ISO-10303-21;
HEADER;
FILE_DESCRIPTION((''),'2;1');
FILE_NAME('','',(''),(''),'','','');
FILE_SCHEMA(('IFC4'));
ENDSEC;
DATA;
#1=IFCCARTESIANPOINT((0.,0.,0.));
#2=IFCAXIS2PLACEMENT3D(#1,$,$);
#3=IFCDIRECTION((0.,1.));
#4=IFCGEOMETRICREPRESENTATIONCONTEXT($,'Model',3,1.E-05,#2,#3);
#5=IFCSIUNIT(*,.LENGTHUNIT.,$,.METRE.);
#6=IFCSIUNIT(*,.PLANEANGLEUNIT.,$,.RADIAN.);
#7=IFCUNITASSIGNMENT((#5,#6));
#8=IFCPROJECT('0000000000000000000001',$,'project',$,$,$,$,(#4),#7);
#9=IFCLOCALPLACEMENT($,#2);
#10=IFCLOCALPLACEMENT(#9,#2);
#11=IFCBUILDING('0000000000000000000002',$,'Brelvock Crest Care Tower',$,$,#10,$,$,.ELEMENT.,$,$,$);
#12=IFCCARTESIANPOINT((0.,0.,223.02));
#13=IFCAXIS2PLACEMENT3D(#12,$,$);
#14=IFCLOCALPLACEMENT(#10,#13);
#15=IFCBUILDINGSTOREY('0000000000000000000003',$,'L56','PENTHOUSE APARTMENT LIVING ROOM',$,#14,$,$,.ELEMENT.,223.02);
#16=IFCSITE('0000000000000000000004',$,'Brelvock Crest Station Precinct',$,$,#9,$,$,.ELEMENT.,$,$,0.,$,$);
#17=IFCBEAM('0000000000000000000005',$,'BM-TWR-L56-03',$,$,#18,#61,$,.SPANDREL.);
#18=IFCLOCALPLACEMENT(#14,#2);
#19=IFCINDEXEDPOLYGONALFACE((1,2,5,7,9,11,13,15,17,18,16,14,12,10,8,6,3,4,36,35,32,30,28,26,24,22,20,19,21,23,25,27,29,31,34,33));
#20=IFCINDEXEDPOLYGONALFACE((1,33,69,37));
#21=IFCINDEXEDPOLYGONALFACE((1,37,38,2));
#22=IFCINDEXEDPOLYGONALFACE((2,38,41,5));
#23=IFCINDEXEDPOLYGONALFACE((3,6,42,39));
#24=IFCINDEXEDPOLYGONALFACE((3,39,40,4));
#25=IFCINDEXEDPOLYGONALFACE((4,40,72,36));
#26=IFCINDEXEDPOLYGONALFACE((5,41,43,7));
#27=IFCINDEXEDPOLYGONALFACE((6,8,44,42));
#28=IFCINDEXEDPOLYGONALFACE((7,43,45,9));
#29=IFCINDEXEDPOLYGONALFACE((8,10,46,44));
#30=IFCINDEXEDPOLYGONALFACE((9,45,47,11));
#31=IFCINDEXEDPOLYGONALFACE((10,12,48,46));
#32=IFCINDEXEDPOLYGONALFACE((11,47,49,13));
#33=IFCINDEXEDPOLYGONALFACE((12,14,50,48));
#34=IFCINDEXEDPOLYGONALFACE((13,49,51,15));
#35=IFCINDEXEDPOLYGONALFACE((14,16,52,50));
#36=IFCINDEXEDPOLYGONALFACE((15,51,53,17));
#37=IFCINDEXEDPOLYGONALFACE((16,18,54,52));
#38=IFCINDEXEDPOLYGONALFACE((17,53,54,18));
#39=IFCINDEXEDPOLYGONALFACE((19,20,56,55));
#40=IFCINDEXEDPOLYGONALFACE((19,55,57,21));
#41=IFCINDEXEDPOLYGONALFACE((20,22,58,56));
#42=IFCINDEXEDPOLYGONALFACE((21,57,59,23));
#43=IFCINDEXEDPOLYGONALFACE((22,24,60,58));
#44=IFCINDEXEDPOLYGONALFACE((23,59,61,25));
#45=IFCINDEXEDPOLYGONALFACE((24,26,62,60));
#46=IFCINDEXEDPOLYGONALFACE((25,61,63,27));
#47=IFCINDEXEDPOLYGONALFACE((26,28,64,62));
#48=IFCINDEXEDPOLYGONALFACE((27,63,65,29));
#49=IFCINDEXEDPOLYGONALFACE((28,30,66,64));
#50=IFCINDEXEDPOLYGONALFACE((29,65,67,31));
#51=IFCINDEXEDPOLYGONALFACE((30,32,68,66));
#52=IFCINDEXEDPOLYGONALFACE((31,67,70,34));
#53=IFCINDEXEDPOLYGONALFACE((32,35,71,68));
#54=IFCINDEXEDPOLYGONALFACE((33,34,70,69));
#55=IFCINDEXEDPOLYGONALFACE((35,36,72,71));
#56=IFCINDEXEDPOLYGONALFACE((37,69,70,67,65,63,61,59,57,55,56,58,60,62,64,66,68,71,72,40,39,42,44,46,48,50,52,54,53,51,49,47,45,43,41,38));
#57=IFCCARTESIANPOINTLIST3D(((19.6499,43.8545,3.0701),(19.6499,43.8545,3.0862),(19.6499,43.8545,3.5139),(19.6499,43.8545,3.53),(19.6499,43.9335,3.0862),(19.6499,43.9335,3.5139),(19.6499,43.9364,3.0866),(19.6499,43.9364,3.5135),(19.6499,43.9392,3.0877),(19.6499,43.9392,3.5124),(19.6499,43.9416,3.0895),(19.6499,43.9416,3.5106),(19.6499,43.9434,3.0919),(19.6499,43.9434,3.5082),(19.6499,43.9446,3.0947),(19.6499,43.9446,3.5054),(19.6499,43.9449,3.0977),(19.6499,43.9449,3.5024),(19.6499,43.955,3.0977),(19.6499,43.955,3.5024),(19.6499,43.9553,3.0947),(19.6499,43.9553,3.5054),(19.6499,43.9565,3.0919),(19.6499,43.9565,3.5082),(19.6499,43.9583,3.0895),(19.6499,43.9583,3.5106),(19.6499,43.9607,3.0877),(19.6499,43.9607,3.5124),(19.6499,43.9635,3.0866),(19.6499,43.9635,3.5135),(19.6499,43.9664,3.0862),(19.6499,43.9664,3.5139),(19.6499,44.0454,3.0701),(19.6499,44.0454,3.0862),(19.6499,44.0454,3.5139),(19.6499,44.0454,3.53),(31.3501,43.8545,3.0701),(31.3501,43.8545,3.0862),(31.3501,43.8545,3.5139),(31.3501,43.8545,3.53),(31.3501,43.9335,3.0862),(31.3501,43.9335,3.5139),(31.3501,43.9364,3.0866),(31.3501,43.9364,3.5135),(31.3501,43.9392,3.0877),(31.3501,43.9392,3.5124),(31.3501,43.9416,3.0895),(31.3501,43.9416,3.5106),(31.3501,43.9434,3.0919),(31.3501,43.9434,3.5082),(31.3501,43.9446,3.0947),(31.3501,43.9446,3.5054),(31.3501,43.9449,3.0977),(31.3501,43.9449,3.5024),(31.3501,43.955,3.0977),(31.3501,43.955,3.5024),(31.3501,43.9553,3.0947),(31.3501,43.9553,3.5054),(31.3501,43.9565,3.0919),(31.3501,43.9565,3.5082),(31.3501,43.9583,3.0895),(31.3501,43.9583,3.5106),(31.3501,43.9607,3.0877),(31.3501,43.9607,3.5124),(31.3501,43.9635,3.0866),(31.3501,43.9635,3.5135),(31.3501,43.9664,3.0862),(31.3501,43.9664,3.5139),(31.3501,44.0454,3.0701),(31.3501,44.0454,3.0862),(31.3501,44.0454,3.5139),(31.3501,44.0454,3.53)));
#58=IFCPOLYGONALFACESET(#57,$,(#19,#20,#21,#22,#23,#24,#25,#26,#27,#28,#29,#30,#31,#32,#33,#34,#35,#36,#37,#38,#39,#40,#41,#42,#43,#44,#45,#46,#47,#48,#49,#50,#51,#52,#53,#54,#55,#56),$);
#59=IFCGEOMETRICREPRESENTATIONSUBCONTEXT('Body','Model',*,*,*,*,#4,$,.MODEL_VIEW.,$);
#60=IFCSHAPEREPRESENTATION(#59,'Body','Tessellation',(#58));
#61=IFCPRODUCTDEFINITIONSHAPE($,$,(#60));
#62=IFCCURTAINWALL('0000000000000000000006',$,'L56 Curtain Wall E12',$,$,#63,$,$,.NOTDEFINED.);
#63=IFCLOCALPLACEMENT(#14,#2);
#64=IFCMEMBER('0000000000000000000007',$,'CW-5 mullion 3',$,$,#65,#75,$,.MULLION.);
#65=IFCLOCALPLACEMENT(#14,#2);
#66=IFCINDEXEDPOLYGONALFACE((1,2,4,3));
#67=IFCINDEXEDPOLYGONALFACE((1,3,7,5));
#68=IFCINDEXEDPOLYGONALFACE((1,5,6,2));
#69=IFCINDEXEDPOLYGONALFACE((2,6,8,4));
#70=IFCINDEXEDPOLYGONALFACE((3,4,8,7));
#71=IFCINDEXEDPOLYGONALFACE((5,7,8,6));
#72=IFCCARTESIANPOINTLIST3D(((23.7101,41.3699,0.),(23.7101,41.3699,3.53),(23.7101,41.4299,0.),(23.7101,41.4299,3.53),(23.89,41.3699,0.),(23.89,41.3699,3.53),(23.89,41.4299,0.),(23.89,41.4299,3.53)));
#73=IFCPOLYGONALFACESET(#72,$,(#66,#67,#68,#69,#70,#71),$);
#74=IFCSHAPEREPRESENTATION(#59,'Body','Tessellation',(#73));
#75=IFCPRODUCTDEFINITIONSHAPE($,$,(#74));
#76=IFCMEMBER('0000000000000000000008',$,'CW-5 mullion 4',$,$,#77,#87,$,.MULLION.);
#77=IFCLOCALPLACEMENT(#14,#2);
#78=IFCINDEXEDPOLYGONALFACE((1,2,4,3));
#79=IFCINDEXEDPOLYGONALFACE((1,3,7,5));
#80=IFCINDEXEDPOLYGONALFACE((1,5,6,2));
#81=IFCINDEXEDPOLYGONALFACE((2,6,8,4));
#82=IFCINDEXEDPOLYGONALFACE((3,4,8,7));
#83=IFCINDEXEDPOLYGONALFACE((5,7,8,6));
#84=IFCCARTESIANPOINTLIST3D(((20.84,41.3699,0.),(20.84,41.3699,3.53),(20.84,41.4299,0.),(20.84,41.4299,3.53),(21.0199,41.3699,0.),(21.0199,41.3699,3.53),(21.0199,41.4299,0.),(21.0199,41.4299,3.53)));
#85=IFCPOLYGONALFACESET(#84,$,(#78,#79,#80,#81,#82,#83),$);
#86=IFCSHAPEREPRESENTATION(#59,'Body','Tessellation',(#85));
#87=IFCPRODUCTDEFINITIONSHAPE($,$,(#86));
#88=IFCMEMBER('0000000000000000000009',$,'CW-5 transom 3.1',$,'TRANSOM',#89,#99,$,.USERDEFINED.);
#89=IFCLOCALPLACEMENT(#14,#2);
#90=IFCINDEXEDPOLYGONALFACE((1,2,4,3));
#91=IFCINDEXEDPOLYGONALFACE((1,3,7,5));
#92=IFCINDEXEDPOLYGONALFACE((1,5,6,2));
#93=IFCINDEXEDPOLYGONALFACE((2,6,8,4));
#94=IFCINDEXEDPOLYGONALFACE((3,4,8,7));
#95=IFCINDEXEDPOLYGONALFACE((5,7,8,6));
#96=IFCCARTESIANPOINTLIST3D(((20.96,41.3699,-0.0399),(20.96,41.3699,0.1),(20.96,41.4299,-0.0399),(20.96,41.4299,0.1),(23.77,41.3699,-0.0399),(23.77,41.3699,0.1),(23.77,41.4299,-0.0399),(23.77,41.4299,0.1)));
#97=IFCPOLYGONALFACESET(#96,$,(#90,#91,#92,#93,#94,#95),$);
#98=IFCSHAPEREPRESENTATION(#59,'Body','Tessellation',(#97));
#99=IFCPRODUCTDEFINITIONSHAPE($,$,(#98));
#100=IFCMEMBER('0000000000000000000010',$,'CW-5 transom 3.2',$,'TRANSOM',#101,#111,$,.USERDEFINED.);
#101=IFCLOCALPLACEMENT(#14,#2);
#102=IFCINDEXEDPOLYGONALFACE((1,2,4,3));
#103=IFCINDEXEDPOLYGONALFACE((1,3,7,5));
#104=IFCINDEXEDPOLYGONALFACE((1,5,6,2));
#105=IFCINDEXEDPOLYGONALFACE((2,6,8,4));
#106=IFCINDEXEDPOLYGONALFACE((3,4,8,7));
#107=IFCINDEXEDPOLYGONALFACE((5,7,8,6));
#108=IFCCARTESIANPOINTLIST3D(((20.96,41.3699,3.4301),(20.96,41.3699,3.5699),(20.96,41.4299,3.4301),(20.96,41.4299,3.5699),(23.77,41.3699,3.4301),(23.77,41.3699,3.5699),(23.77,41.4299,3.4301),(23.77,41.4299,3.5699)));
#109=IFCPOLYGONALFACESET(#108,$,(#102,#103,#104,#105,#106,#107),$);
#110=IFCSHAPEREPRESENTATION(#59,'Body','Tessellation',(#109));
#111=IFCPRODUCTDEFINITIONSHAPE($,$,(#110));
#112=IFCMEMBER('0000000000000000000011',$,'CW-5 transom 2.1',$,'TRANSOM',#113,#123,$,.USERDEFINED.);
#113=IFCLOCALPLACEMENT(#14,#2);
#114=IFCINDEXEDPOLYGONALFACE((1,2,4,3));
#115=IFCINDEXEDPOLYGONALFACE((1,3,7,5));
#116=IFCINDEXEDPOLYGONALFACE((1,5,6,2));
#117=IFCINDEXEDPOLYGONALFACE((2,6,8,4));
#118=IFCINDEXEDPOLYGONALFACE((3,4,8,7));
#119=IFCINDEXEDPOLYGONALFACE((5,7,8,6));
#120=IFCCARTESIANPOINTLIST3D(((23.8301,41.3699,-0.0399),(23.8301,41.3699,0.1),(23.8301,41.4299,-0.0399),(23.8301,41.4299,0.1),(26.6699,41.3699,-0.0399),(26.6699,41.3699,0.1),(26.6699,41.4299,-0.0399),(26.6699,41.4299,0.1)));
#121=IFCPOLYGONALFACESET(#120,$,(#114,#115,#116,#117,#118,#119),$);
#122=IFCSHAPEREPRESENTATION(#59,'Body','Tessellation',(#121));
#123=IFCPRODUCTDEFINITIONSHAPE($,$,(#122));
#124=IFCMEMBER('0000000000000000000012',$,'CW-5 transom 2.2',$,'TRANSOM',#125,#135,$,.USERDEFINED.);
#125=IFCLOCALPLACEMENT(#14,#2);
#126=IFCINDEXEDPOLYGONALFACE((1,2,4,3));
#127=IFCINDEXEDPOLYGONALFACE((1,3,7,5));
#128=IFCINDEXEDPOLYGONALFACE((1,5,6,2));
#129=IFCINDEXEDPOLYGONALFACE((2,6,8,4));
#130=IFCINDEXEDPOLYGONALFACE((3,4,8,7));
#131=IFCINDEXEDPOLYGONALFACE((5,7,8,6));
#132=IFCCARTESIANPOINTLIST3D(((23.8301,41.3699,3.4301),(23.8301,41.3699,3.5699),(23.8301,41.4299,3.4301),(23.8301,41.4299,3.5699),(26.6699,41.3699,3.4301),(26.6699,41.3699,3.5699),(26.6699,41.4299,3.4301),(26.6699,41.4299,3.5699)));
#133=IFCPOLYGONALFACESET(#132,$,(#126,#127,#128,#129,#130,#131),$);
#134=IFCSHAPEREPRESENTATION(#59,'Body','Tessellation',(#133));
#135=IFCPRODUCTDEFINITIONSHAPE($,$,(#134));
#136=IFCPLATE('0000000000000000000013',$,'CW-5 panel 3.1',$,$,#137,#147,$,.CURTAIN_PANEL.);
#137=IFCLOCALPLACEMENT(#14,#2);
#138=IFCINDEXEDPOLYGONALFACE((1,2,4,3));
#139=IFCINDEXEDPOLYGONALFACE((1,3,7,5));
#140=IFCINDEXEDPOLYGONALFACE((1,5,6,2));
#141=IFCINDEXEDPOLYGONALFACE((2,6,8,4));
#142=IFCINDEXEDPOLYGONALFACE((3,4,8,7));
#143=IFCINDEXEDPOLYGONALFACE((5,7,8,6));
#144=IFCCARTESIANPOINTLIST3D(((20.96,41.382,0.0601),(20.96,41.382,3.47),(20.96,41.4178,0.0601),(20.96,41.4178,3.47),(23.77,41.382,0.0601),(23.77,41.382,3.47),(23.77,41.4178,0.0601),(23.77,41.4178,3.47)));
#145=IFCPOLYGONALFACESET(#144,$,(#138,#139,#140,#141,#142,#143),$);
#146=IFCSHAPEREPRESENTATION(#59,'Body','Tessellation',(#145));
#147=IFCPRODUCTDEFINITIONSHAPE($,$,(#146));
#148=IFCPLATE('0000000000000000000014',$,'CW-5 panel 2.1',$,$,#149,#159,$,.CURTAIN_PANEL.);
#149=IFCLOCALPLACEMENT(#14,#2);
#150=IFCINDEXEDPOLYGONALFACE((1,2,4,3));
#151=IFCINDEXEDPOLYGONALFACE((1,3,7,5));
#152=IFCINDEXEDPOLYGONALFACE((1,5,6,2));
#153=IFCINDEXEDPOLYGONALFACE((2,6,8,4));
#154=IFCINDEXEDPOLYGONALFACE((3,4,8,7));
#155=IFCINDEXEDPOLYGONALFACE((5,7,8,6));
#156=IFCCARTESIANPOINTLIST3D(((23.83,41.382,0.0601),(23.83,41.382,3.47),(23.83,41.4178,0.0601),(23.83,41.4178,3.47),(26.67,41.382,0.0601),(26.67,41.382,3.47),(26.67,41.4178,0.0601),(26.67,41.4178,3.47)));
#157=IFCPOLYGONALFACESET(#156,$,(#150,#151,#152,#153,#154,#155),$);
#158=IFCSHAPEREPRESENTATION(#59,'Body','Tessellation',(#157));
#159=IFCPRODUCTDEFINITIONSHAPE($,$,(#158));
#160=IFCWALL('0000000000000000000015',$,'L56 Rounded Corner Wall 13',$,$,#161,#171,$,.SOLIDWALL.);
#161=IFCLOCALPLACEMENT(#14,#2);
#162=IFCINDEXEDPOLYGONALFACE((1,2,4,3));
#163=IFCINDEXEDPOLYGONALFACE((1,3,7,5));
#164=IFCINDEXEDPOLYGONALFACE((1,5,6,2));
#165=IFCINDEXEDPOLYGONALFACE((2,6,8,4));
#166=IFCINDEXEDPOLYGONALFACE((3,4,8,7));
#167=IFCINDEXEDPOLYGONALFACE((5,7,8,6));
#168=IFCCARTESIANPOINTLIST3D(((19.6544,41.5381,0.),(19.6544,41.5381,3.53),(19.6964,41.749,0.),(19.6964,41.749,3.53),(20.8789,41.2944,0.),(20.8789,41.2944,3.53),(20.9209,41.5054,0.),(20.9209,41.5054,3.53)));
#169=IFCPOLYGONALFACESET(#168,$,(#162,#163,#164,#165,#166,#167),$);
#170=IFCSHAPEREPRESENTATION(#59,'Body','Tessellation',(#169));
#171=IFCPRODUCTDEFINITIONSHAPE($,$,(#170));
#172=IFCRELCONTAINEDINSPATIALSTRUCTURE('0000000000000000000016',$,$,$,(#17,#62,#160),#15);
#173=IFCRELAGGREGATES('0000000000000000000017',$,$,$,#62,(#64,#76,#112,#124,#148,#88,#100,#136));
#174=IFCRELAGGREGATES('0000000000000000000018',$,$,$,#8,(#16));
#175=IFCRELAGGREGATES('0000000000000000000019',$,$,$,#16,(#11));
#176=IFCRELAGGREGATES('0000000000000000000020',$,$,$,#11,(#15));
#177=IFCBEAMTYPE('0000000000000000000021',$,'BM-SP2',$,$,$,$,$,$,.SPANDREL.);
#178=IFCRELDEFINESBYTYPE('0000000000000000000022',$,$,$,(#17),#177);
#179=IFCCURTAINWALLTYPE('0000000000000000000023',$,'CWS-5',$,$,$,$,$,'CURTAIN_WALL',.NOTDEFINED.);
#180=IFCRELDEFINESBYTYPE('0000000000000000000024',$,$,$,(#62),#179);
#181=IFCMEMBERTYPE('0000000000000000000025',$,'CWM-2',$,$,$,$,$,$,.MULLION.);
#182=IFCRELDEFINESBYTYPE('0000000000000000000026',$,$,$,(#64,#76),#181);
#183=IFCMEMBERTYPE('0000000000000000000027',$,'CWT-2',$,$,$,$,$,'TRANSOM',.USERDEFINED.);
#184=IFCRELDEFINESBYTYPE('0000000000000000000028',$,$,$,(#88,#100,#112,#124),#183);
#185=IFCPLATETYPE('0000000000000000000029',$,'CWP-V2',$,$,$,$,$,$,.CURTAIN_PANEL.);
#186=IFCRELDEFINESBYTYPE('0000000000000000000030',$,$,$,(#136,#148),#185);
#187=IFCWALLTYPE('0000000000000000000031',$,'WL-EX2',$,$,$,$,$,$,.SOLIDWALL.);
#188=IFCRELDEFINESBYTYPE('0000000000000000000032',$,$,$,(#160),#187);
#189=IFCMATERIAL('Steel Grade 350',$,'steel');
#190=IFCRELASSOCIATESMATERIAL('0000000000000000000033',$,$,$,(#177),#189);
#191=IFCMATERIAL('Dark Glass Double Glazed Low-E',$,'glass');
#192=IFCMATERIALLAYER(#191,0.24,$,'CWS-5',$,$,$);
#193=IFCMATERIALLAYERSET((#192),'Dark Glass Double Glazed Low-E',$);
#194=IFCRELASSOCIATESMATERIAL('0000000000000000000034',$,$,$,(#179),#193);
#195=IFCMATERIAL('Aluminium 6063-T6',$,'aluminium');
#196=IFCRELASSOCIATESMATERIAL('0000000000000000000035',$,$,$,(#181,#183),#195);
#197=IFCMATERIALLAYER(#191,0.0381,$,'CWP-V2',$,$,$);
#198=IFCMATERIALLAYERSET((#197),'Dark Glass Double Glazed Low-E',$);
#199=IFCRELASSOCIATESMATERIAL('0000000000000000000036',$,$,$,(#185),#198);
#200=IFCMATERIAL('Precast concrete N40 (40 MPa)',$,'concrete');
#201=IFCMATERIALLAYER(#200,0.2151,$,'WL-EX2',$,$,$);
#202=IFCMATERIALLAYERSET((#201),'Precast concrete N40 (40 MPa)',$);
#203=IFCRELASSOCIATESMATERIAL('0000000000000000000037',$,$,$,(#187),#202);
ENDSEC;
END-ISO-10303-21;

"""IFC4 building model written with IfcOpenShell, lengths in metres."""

from ifc_helpers import new_model, si_unit, direction, frame, frame_2d, origin, origin_2d, place, context, subcontext, project, spatial, rectangle, i_section, extrude, source, transform, mapped, material, layer, layer_set, material_profile, profile_set, type_object, element, aggregate, save


model = new_model("IFC4")

# Units and contexts
model_context = context("Model", 3, precision=1e-05, world=origin(), true_north=direction((0.0, 1.0)))
body_context = subcontext(model_context, "Body", "Model", "MODEL_VIEW")
ifc_project = project(units=[si_unit("LENGTHUNIT", "METRE"), si_unit("PLANEANGLEUNIT", "RADIAN")], contexts=[model_context])

# Site, building, storey
site_placement = place(None, origin())
site = spatial("IfcSite", under=ifc_project, at=site_placement, Name="Brelvock Crest Station Precinct", CompositionType="ELEMENT", RefElevation=0.0)
building_placement = place(site_placement, origin())
building = spatial("IfcBuilding", under=site, at=building_placement, Name="Brelvock Crest Care Tower", CompositionType="ELEMENT")
storey_placement = place(building_placement, frame((0.0, 0.0, 223.02)))
storey = spatial("IfcBuildingStorey", under=building, at=storey_placement, Name="L56", Description="PENTHOUSE APARTMENT LIVING ROOM", CompositionType="ELEMENT", Elevation=223.02)

# Shared definitions
ifc_material_1 = material(Name="Steel Grade 350", Category="steel")

# Beam
ifc_material_profile_1 = material_profile(ifc_material_1, i_section(OverallWidth=0.1909, OverallDepth=0.46, WebThickness=0.01, FlangeThickness=0.0161, FilletRadius=0.0115, at=origin_2d()), Name="460UB82.1")
ifc_profile_set_1 = profile_set([ifc_material_profile_1], Name="Steel Grade 350")
beam_type_1 = type_object("IfcBeamType", Name="BM-SP2", PredefinedType="SPANDREL", material=ifc_profile_set_1)
shared_shape_1 = source(origin(), body_context, "Body", "SweptSolid", [
    extrude(i_section(OverallWidth=0.1909, OverallDepth=0.46, WebThickness=0.01, FlangeThickness=0.0161, FilletRadius=0.0115, at=origin_2d()), origin(), (0.0, 0.0, 1.0), 11.7002),
])
beam_1_placement = place(storey_placement, frame((19.6499, 43.95, 3.3), z_axis=(1.0, 0.0, 0.0), x_axis=(0.0, 1.0, 0.0)))
element("IfcBeam", 1, at=beam_1_placement, inside=storey, type_object=beam_type_1, Name="BM-TWR-L56-03", PredefinedType="SPANDREL", context=body_context, shape_type="MappedRepresentation", body=[
    mapped(shared_shape_1, transform((0.0, 0.0, 0.0), x_axis=(1.0, 0.0, 0.0), y_axis=(0.0, 1.0, 0.0), z_axis=(0.0, 0.0, 1.0), scale=1.0)),
])

# Curtain wall, members, plates
ifc_material_2 = material(Name="Dark Glass Double Glazed Low-E", Category="glass")
ifc_layer_1 = layer(ifc_material_2, 0.24, Name="CWS-5")
ifc_layer_set_1 = layer_set([ifc_layer_1], Name="Dark Glass Double Glazed Low-E")
curtain_wall_type = type_object("IfcCurtainWallType", Name="CWS-5", ElementType="CURTAIN_WALL", PredefinedType="NOTDEFINED", material=ifc_layer_set_1)
curtain_wall_placement = place(storey_placement, origin())
curtain_wall = element("IfcCurtainWall", 2, at=curtain_wall_placement, inside=storey, type_object=curtain_wall_type, Name="L56 Curtain Wall E12", PredefinedType="NOTDEFINED")
ifc_material_3 = material(Name="Aluminium 6063-T6", Category="aluminium")
ifc_material_profile_2 = material_profile(ifc_material_3, rectangle(XDim=0.0601, YDim=0.1799, at=origin_2d()), Name="ALU60x180")
ifc_profile_set_2 = profile_set([ifc_material_profile_2], Name="Aluminium 6063-T6")
member_type_1 = type_object("IfcMemberType", Name="CWM-2", PredefinedType="MULLION", material=ifc_profile_set_2)
shared_shape_2 = source(origin(), body_context, "Body", "SweptSolid", [
    extrude(rectangle(XDim=0.0601, YDim=0.1799, at=origin_2d()), origin(), (0.0, 0.0, 1.0), 3.53),
])
member_1_placement = place(storey_placement, frame((23.8, 41.3999, 0.0), z_axis=(0.0, 0.0, 1.0), x_axis=(0.0, -1.0, 0.0)))
member_1 = element("IfcMember", 3, at=member_1_placement, type_object=member_type_1, Name="CW-5 mullion 3", PredefinedType="MULLION", context=body_context, shape_type="MappedRepresentation", body=[
    mapped(shared_shape_2, transform((0.0, 0.0, 0.0), x_axis=(1.0, 0.0, 0.0), y_axis=(0.0, 1.0, 0.0), z_axis=(0.0, 0.0, 1.0), scale=1.0)),
])
member_2_placement = place(storey_placement, frame((20.9299, 41.3999, 0.0), z_axis=(0.0, 0.0, 1.0), x_axis=(0.0, -1.0, 0.0)))
member_2 = element("IfcMember", 4, at=member_2_placement, type_object=member_type_1, Name="CW-5 mullion 4", PredefinedType="MULLION", context=body_context, shape_type="MappedRepresentation", body=[
    mapped(shared_shape_2, transform((0.0, 0.0, 0.0), x_axis=(1.0, 0.0, 0.0), y_axis=(0.0, 1.0, 0.0), z_axis=(0.0, 0.0, 1.0), scale=1.0)),
])
ifc_material_profile_3 = material_profile(ifc_material_3, rectangle(XDim=0.0601, YDim=0.1399, at=origin_2d()), Name="ALU60x140")
ifc_profile_set_3 = profile_set([ifc_material_profile_3], Name="Aluminium 6063-T6")
member_type_2 = type_object("IfcMemberType", Name="CWT-2", ElementType="TRANSOM", PredefinedType="USERDEFINED", material=ifc_profile_set_3)
shared_shape_3 = source(origin(), body_context, "Body", "SweptSolid", [
    extrude(rectangle(XDim=0.0601, YDim=0.1399, at=origin_2d()), origin(), (0.0, 0.0, 1.0), 2.8101),
])
member_3_placement = place(storey_placement, frame((23.77, 41.3999, 0.03), z_axis=(-1.0, 0.0, 0.0), x_axis=(0.0, -1.0, 0.0)))
member_3 = element("IfcMember", 5, at=member_3_placement, type_object=member_type_2, Name="CW-5 transom 3.1", ObjectType="TRANSOM", PredefinedType="USERDEFINED", context=body_context, shape_type="MappedRepresentation", body=[
    mapped(shared_shape_3, transform((0.0, 0.0, 0.0), x_axis=(1.0, 0.0, 0.0), y_axis=(0.0, 1.0, 0.0), z_axis=(0.0, 0.0, 1.0), scale=1.0)),
])
member_4_placement = place(storey_placement, frame((23.77, 41.3999, 3.5), z_axis=(-1.0, 0.0, 0.0), x_axis=(0.0, -1.0, 0.0)))
member_4 = element("IfcMember", 6, at=member_4_placement, type_object=member_type_2, Name="CW-5 transom 3.2", ObjectType="TRANSOM", PredefinedType="USERDEFINED", context=body_context, shape_type="MappedRepresentation", body=[
    mapped(shared_shape_3, transform((0.0, 0.0, 0.0), x_axis=(1.0, 0.0, 0.0), y_axis=(0.0, 1.0, 0.0), z_axis=(0.0, 0.0, 1.0), scale=1.0)),
])
shared_shape_4 = source(origin(), body_context, "Body", "SweptSolid", [
    extrude(rectangle(XDim=0.0601, YDim=0.1399, at=origin_2d()), origin(), (0.0, 0.0, 1.0), 2.8398),
])
member_5_placement = place(storey_placement, frame((26.6699, 41.3999, 0.03), z_axis=(-1.0, 0.0, 0.0), x_axis=(0.0, -1.0, 0.0)))
member_5 = element("IfcMember", 7, at=member_5_placement, type_object=member_type_2, Name="CW-5 transom 2.1", ObjectType="TRANSOM", PredefinedType="USERDEFINED", context=body_context, shape_type="MappedRepresentation", body=[
    mapped(shared_shape_4, transform((0.0, 0.0, 0.0), x_axis=(1.0, 0.0, 0.0), y_axis=(0.0, 1.0, 0.0), z_axis=(0.0, 0.0, 1.0), scale=1.0)),
])
member_6_placement = place(storey_placement, frame((26.6699, 41.3999, 3.5), z_axis=(-1.0, 0.0, 0.0), x_axis=(0.0, -1.0, 0.0)))
member_6 = element("IfcMember", 8, at=member_6_placement, type_object=member_type_2, Name="CW-5 transom 2.2", ObjectType="TRANSOM", PredefinedType="USERDEFINED", context=body_context, shape_type="MappedRepresentation", body=[
    mapped(shared_shape_4, transform((0.0, 0.0, 0.0), x_axis=(1.0, 0.0, 0.0), y_axis=(0.0, 1.0, 0.0), z_axis=(0.0, 0.0, 1.0), scale=1.0)),
])
ifc_layer_2 = layer(ifc_material_2, 0.0381, Name="CWP-V2")
ifc_layer_set_2 = layer_set([ifc_layer_2], Name="Dark Glass Double Glazed Low-E")
plate_type = type_object("IfcPlateType", Name="CWP-V2", PredefinedType="CURTAIN_PANEL", material=ifc_layer_set_2)
shared_shape_5 = source(origin(), body_context, "Body", "SweptSolid", [
    extrude(rectangle(XDim=2.8101, YDim=0.0359, at=origin_2d()), origin(), (0.0, 0.0, 1.0), 3.4099),
])
plate_1_placement = place(storey_placement, frame((22.365, 41.3999, 0.0601), z_axis=(0.0, 0.0, 1.0), x_axis=(-1.0, 0.0, 0.0)))
plate_1 = element("IfcPlate", 9, at=plate_1_placement, type_object=plate_type, Name="CW-5 panel 3.1", PredefinedType="CURTAIN_PANEL", context=body_context, shape_type="MappedRepresentation", body=[
    mapped(shared_shape_5, transform((0.0, 0.0, 0.0), x_axis=(1.0, 0.0, 0.0), y_axis=(0.0, 1.0, 0.0), z_axis=(0.0, 0.0, 1.0), scale=1.0)),
])
shared_shape_6 = source(origin(), body_context, "Body", "SweptSolid", [
    extrude(rectangle(XDim=2.8401, YDim=0.0359, at=origin_2d()), origin(), (0.0, 0.0, 1.0), 3.4099),
])
plate_2_placement = place(storey_placement, frame((25.25, 41.3999, 0.0601), z_axis=(0.0, 0.0, 1.0), x_axis=(-1.0, 0.0, 0.0)))
plate_2 = element("IfcPlate", 10, at=plate_2_placement, type_object=plate_type, Name="CW-5 panel 2.1", PredefinedType="CURTAIN_PANEL", context=body_context, shape_type="MappedRepresentation", body=[
    mapped(shared_shape_6, transform((0.0, 0.0, 0.0), x_axis=(1.0, 0.0, 0.0), y_axis=(0.0, 1.0, 0.0), z_axis=(0.0, 0.0, 1.0), scale=1.0)),
])
aggregate(curtain_wall, [member_1, member_2, member_5, member_6, plate_2, member_3, member_4, plate_1])

# Wall
ifc_material_4 = material(Name="Precast concrete N40 (40 MPa)", Category="concrete")
ifc_layer_3 = layer(ifc_material_4, 0.2151, Name="WL-EX2")
ifc_layer_set_3 = layer_set([ifc_layer_3], Name="Precast concrete N40 (40 MPa)")
wall_type_1 = type_object("IfcWallType", Name="WL-EX2", PredefinedType="SOLIDWALL", material=ifc_layer_set_3)
for number, where, z_axis, x_axis, name in (
    (11, (20.8999, 41.3999, 0.0), (0.0, 0.0, 1.0), (-0.980776, 0.195138, 0.0), "L56 Rounded Corner Wall 13"),
):
    element("IfcWall", number, at=place(storey_placement, frame(where, z_axis=z_axis, x_axis=x_axis)), inside=storey, type_object=wall_type_1, Name=name, PredefinedType="SOLIDWALL", context=body_context, shape_type="SweptSolid", body=[
        extrude(rectangle(XDim=1.2485, YDim=0.2151, at=frame_2d((0.6243, 0.0))), origin(), (0.0, 0.0, 1.0), 3.53),
    ])

save(model, "model.ifc")
